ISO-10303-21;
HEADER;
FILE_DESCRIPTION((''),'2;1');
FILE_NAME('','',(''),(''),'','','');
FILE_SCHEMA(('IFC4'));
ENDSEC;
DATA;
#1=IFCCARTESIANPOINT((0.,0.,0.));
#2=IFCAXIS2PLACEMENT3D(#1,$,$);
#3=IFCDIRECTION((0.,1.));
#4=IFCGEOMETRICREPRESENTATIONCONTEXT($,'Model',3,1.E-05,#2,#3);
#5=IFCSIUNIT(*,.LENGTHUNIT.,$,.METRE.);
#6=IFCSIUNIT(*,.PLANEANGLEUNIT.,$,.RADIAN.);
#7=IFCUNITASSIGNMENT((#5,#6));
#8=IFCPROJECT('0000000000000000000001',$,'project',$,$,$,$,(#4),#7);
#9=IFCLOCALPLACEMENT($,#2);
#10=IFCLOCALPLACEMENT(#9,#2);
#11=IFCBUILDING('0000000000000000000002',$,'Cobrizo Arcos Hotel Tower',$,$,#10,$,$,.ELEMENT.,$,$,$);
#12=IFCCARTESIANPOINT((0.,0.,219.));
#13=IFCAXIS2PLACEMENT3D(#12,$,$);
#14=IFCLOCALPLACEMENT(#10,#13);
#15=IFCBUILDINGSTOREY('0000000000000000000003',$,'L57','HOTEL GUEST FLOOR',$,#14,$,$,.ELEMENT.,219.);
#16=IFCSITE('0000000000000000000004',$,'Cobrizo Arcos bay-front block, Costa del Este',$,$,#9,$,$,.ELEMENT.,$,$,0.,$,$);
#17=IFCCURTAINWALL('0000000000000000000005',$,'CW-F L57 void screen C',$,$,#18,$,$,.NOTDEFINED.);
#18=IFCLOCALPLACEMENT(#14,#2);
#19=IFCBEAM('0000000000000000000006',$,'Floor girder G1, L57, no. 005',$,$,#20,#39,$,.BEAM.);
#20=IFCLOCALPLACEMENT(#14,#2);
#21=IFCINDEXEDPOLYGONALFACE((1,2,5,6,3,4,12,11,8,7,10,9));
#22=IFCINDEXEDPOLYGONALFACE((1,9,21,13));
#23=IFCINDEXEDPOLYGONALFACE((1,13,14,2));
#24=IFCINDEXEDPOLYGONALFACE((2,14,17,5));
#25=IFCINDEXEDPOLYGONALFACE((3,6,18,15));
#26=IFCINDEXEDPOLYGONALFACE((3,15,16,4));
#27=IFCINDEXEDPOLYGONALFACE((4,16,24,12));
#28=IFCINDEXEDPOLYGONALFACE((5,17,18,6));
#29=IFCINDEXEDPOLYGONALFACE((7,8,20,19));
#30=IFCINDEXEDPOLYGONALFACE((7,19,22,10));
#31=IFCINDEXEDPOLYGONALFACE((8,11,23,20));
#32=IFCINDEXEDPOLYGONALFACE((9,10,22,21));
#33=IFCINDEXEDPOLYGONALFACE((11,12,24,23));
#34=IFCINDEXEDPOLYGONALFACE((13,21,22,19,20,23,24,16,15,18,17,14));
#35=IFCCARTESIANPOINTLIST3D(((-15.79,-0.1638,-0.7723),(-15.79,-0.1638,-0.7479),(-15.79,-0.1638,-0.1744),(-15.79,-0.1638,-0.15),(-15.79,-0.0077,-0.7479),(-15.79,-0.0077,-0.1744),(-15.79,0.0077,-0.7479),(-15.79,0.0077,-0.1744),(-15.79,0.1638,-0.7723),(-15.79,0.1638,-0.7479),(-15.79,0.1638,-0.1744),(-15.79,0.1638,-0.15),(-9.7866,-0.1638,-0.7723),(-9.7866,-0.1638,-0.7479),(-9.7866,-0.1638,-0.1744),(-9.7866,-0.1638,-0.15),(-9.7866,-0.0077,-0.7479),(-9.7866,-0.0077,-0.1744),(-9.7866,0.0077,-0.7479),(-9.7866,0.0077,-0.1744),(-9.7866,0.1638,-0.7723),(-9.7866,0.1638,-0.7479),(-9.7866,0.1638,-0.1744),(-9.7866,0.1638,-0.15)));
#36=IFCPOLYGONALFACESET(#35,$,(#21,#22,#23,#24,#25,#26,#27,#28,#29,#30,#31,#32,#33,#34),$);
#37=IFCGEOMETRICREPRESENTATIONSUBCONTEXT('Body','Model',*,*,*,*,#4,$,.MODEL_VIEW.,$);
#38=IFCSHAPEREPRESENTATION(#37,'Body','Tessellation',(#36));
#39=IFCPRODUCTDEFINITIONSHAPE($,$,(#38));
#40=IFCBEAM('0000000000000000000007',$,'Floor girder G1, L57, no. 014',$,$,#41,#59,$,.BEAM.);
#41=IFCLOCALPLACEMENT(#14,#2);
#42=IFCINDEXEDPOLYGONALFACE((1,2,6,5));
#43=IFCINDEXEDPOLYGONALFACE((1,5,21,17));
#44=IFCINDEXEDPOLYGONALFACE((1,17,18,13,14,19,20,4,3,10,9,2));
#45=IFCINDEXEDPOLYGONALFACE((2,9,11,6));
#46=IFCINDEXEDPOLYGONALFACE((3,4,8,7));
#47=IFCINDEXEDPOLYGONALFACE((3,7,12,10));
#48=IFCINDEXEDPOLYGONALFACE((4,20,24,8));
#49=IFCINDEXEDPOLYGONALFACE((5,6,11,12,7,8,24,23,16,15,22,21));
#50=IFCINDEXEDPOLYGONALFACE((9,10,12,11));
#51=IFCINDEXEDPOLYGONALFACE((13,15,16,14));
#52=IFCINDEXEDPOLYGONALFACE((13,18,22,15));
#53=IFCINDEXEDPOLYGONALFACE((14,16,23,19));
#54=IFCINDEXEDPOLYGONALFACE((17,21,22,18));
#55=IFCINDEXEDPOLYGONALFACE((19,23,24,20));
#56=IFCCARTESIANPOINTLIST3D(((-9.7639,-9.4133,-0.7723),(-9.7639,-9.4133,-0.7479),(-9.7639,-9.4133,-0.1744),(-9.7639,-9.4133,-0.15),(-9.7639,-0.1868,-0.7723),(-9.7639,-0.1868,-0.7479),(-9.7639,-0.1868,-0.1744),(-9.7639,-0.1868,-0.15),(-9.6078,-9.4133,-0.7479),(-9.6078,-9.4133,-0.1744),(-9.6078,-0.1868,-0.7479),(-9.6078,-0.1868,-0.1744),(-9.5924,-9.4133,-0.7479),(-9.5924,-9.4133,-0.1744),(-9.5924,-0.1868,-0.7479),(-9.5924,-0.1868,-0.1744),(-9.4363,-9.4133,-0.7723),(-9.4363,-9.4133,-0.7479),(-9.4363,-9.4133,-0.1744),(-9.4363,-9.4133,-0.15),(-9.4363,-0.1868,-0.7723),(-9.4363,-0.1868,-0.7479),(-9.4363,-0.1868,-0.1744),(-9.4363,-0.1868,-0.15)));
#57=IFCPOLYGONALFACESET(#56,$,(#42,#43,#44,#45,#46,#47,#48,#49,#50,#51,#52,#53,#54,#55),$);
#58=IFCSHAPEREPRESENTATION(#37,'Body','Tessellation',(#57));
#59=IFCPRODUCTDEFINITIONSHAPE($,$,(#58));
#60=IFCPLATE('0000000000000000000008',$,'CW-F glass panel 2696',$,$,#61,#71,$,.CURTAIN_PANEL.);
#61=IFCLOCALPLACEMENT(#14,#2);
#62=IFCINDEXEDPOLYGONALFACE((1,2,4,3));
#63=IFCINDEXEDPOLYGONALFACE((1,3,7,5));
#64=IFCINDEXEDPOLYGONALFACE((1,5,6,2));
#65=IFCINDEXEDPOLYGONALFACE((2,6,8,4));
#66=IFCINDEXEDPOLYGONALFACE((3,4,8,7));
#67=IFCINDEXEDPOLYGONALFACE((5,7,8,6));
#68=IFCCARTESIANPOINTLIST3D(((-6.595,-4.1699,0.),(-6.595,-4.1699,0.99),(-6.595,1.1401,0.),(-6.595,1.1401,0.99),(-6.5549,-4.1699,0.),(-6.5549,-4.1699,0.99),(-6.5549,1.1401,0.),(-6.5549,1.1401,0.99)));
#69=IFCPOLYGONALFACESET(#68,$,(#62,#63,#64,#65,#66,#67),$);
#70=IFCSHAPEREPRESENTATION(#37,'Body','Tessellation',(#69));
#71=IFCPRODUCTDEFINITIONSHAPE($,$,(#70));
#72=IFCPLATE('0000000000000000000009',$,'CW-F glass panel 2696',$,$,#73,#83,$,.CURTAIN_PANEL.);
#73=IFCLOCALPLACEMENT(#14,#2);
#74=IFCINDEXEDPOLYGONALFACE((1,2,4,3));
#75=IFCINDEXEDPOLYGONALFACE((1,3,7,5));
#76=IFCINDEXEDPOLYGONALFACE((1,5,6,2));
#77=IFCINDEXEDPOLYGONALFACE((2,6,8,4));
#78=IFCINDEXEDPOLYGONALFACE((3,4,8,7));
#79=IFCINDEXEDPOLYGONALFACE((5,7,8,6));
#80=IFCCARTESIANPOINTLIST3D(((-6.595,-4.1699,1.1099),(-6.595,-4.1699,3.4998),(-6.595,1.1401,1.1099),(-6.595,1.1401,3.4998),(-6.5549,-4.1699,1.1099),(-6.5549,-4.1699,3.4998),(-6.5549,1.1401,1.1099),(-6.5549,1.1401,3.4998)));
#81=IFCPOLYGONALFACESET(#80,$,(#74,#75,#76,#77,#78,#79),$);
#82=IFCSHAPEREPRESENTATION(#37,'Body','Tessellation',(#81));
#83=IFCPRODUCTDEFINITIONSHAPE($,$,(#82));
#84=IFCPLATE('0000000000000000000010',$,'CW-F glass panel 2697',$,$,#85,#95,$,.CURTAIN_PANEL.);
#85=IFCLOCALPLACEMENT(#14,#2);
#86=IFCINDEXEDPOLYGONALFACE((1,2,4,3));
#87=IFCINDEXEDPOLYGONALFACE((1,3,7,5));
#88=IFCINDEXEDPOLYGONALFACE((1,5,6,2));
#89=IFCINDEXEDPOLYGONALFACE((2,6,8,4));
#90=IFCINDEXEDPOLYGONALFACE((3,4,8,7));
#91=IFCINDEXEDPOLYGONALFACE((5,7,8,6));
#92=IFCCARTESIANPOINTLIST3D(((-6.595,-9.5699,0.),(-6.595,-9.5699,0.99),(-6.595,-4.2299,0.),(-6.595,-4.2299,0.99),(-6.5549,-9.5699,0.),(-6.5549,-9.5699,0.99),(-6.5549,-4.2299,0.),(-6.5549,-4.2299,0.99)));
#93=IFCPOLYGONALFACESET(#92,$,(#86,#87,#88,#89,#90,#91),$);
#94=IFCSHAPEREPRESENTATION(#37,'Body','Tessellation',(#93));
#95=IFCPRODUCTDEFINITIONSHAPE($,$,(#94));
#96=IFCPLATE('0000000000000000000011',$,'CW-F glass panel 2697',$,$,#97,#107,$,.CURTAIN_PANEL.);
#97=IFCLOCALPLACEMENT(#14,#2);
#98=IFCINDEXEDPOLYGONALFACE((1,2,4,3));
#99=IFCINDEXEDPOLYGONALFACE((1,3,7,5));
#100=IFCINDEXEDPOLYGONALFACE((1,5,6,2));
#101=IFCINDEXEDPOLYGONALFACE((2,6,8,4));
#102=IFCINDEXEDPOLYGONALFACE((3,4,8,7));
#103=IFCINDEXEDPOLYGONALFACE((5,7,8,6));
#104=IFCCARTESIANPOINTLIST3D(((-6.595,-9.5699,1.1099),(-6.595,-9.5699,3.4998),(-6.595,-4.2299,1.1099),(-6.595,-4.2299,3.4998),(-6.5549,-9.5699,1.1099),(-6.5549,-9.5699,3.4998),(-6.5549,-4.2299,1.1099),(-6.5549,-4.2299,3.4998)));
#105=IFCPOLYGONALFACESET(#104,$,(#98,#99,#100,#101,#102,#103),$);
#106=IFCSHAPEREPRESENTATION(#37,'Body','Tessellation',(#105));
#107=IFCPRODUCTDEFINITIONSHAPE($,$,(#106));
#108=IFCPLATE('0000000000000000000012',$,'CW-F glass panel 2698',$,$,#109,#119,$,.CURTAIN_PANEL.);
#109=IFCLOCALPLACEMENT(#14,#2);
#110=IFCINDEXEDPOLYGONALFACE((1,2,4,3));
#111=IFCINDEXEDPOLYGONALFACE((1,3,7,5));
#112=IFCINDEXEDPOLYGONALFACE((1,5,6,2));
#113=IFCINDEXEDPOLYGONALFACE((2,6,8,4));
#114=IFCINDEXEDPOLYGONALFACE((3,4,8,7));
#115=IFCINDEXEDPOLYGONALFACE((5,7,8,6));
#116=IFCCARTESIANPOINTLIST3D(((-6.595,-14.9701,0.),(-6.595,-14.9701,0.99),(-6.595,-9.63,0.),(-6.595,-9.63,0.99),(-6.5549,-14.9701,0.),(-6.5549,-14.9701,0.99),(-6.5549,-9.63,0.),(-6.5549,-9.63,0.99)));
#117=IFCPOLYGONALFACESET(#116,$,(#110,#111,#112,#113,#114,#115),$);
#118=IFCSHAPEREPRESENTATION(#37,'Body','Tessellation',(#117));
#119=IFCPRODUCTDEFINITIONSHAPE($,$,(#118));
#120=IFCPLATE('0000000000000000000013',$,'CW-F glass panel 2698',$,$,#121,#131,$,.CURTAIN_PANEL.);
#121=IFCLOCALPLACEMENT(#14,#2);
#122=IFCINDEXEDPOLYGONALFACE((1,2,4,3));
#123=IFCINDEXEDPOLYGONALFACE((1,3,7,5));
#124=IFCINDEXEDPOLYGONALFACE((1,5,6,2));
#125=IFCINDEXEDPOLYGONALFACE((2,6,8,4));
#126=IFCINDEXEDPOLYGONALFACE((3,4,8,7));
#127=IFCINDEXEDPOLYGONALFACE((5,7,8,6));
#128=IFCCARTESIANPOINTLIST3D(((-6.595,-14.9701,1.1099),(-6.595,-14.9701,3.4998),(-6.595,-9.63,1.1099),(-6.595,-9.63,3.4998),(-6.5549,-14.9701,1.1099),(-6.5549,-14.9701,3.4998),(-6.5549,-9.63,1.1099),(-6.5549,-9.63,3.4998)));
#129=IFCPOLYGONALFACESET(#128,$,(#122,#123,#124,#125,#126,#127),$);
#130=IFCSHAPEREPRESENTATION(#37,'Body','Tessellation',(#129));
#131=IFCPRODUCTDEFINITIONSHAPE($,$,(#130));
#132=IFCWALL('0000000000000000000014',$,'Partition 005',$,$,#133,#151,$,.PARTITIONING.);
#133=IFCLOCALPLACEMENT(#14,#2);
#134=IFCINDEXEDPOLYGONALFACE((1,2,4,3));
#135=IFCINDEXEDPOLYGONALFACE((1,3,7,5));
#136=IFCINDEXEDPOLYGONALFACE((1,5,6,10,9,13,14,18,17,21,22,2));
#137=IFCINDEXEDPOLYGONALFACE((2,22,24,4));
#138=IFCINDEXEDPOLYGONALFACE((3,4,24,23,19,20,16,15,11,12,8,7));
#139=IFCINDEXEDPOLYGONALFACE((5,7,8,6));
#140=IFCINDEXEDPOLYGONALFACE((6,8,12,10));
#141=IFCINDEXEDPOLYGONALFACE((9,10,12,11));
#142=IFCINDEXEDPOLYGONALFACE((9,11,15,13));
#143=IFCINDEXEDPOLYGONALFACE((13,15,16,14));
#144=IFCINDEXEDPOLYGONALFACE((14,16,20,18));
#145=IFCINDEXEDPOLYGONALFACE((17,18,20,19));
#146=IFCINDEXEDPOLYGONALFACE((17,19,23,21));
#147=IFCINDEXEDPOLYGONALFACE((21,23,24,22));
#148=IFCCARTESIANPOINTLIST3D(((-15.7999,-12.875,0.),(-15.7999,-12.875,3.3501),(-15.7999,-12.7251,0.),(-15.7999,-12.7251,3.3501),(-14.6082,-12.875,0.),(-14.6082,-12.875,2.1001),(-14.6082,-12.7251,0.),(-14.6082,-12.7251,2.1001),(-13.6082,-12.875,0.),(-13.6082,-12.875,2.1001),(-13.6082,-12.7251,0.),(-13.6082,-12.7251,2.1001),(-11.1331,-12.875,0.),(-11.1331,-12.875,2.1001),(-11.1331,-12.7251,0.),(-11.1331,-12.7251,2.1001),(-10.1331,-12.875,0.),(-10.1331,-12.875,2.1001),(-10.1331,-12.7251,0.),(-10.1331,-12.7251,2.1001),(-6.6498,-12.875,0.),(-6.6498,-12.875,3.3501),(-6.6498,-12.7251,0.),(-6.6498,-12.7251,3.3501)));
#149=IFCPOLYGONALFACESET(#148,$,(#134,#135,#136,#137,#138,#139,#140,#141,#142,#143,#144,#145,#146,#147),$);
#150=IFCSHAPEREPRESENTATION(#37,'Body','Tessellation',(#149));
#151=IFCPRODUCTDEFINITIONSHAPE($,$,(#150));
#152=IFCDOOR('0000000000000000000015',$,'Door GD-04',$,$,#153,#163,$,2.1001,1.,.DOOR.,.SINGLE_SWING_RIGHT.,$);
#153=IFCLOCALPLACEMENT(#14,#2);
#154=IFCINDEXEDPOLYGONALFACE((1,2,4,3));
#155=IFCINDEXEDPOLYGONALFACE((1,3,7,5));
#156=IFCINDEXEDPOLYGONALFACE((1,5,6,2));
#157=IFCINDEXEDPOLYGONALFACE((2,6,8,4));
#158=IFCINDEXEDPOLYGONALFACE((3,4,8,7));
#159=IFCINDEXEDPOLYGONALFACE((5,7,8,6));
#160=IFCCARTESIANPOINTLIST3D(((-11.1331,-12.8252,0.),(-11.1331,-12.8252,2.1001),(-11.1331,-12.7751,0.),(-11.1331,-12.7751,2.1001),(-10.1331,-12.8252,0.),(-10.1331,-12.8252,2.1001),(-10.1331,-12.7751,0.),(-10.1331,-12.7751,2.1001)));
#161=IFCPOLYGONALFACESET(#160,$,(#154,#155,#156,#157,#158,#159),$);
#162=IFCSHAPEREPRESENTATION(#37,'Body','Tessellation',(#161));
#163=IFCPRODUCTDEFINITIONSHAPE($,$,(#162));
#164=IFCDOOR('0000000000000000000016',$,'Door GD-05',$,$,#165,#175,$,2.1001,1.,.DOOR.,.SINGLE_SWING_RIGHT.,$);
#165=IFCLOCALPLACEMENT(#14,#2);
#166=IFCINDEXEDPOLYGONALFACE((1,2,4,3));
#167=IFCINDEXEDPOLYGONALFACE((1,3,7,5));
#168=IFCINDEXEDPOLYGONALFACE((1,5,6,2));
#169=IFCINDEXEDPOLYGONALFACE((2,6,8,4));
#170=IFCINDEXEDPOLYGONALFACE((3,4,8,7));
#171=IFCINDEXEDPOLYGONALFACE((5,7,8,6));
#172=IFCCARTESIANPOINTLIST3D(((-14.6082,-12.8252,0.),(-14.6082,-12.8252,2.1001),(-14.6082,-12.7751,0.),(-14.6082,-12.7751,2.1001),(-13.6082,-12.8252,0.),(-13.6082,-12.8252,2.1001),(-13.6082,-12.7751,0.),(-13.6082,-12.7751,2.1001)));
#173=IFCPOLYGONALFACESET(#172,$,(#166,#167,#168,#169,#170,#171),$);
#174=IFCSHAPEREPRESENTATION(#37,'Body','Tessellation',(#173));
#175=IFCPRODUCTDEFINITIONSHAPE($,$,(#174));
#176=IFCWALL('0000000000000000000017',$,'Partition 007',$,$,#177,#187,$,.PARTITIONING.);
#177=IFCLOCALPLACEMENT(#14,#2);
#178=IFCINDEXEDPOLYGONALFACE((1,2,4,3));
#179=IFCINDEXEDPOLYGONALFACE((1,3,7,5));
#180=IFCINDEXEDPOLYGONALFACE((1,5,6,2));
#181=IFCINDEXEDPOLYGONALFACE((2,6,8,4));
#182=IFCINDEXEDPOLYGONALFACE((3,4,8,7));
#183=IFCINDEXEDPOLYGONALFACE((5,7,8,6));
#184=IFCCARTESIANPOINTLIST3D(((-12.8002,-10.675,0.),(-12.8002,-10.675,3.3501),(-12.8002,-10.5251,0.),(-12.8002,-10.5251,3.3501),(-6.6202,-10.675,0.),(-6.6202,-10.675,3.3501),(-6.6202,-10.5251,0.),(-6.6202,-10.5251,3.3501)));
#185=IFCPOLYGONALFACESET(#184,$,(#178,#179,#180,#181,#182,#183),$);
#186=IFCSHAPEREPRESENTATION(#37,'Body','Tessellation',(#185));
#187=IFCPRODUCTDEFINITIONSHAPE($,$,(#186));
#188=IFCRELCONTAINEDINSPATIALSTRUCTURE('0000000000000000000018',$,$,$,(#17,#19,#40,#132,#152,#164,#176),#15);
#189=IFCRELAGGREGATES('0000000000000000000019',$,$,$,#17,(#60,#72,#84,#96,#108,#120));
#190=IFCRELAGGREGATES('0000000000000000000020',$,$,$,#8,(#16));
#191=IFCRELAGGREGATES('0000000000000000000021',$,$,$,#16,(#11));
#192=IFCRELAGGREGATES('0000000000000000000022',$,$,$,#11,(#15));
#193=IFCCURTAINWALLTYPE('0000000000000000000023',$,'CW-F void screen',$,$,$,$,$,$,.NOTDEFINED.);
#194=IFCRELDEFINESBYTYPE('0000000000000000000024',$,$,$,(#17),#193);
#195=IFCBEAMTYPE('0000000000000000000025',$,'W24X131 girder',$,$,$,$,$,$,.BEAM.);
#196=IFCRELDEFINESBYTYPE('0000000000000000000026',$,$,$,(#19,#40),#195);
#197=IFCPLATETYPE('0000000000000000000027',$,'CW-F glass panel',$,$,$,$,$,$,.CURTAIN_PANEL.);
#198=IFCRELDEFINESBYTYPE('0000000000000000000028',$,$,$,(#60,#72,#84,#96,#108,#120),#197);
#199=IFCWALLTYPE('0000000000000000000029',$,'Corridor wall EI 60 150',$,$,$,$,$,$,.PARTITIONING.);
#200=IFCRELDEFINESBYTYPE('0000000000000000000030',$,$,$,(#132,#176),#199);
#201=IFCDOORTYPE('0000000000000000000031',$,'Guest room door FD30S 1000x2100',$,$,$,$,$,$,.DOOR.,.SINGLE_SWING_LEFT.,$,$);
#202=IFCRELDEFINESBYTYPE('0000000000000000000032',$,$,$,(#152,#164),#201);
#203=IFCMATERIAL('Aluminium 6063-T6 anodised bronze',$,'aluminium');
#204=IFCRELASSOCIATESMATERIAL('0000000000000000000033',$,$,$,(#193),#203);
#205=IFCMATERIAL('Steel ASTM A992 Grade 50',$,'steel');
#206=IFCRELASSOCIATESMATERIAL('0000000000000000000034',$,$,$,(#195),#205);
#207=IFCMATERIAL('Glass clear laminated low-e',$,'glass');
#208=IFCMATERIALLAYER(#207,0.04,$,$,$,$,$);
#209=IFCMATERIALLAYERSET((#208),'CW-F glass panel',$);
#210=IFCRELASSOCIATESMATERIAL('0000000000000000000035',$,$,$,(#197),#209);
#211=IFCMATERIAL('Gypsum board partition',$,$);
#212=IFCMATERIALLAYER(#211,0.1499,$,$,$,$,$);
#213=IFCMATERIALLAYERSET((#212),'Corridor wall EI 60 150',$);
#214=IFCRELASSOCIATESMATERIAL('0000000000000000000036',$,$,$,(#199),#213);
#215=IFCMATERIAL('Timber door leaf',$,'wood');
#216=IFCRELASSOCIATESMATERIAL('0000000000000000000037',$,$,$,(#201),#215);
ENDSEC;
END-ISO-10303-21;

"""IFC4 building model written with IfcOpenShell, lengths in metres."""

from ifc_helpers import new_model, si_unit, direction, frame, frame_2d, origin, origin_2d, place, context, subcontext, project, spatial, rectangle, i_section, extrude, material, layer, layer_set, material_profile, profile_set, type_object, element, fill, aggregate, save


model = new_model("IFC4")

# Units and contexts
model_context = context("Model", 3, precision=1e-05, world=origin(), true_north=direction((0.0, 1.0)))
body_context = subcontext(model_context, "Body", "Model", "MODEL_VIEW")
ifc_project = project(units=[si_unit("LENGTHUNIT", "METRE"), si_unit("PLANEANGLEUNIT", "RADIAN")], contexts=[model_context])

# Site, building, storey
site_placement = place(None, origin())
site = spatial("IfcSite", under=ifc_project, at=site_placement, Name="Cobrizo Arcos bay-front block, Costa del Este", CompositionType="ELEMENT", RefElevation=0.0)
building_placement = place(site_placement, origin())
building = spatial("IfcBuilding", under=site, at=building_placement, Name="Cobrizo Arcos Hotel Tower", CompositionType="ELEMENT")
storey_placement = place(building_placement, frame((0.0, 0.0, 219.0)))
storey = spatial("IfcBuildingStorey", under=building, at=storey_placement, Name="L57", Description="HOTEL GUEST FLOOR", CompositionType="ELEMENT", Elevation=219.0)

# Shared definitions
ifc_material_1 = material(Name="Steel ASTM A992 Grade 50", Category="steel")

# Curtain wall
ifc_material_2 = material(Name="Aluminium 6063-T6 anodised bronze", Category="aluminium")
curtain_wall_type = type_object("IfcCurtainWallType", Name="CW-F void screen", PredefinedType="NOTDEFINED", material=ifc_material_2)
curtain_wall_placement = place(storey_placement, origin())
curtain_wall = element("IfcCurtainWall", 1, at=curtain_wall_placement, inside=storey, type_object=curtain_wall_type, Name="CW-F L57 void screen C", PredefinedType="NOTDEFINED")

# Beams
ifc_material_profile_1 = material_profile(ifc_material_1, i_section(OverallWidth=0.3276, OverallDepth=0.6223, WebThickness=0.0154, FlangeThickness=0.0244, at=origin_2d()), Name="W24X131")
ifc_profile_set_1 = profile_set([ifc_material_profile_1], Name="Steel ASTM A992 Grade 50")
beam_type_1 = type_object("IfcBeamType", Name="W24X131 girder", PredefinedType="BEAM", material=ifc_profile_set_1)
beam_1_placement = place(storey_placement, frame((-15.79, 0.0, -0.4612), z_axis=(1.0, 0.0, 0.0), x_axis=(0.0, 1.0, 0.0)))
element("IfcBeam", 2, at=beam_1_placement, inside=storey, type_object=beam_type_1, Name="Floor girder G1, L57, no. 005", PredefinedType="BEAM", context=body_context, shape_type="SweptSolid", body=[
    extrude(i_section(OverallWidth=0.3276, OverallDepth=0.6223, WebThickness=0.0154, FlangeThickness=0.0244, at=origin_2d()), origin(), (0.0, 0.0, 1.0), 6.0034),
])
beam_2_placement = place(storey_placement, frame((-9.6001, -9.4133, -0.4612), z_axis=(0.0, 1.0, 0.0), x_axis=(-1.0, 0.0, 0.0)))
element("IfcBeam", 3, at=beam_2_placement, inside=storey, type_object=beam_type_1, Name="Floor girder G1, L57, no. 014", PredefinedType="BEAM", context=body_context, shape_type="SweptSolid", body=[
    extrude(i_section(OverallWidth=0.3276, OverallDepth=0.6223, WebThickness=0.0154, FlangeThickness=0.0244, at=origin_2d()), origin(), (0.0, 0.0, 1.0), 9.2266),
])

# Plates
ifc_material_3 = material(Name="Glass clear laminated low-e", Category="glass")
ifc_layer_1 = layer(ifc_material_3, 0.04)
ifc_layer_set_1 = layer_set([ifc_layer_1], Name="CW-F glass panel")
plate_type = type_object("IfcPlateType", Name="CW-F glass panel", PredefinedType="CURTAIN_PANEL", material=ifc_layer_set_1)
plate_1_placement = place(storey_placement, frame((-6.575, -1.5149, 0.0), z_axis=(0.0, 0.0, 1.0), x_axis=(0.0, -1.0, 0.0)))
plate_1 = element("IfcPlate", 4, at=plate_1_placement, type_object=plate_type, Name="CW-F glass panel 2696", PredefinedType="CURTAIN_PANEL", context=body_context, shape_type="SweptSolid", body=[
    extrude(rectangle(XDim=5.3101, YDim=0.04, at=origin_2d()), origin(), (0.0, 0.0, 1.0), 0.99),
])
plate_2_placement = place(storey_placement, frame((-6.575, -1.5149, 1.1099), z_axis=(0.0, 0.0, 1.0), x_axis=(0.0, -1.0, 0.0)))
plate_2 = element("IfcPlate", 5, at=plate_2_placement, type_object=plate_type, Name="CW-F glass panel 2696", PredefinedType="CURTAIN_PANEL", context=body_context, shape_type="SweptSolid", body=[
    extrude(rectangle(XDim=5.3101, YDim=0.04, at=origin_2d()), origin(), (0.0, 0.0, 1.0), 2.3899),
])
plate_3_placement = place(storey_placement, frame((-6.575, -6.8999, 0.0), z_axis=(0.0, 0.0, 1.0), x_axis=(0.0, -1.0, 0.0)))
plate_3 = element("IfcPlate", 6, at=plate_3_placement, type_object=plate_type, Name="CW-F glass panel 2697", PredefinedType="CURTAIN_PANEL", context=body_context, shape_type="SweptSolid", body=[
    extrude(rectangle(XDim=5.3401, YDim=0.04, at=origin_2d()), origin(), (0.0, 0.0, 1.0), 0.99),
])
plate_4_placement = place(storey_placement, frame((-6.575, -6.8999, 1.1099), z_axis=(0.0, 0.0, 1.0), x_axis=(0.0, -1.0, 0.0)))
plate_4 = element("IfcPlate", 7, at=plate_4_placement, type_object=plate_type, Name="CW-F glass panel 2697", PredefinedType="CURTAIN_PANEL", context=body_context, shape_type="SweptSolid", body=[
    extrude(rectangle(XDim=5.3401, YDim=0.04, at=origin_2d()), origin(), (0.0, 0.0, 1.0), 2.3899),
])
plate_5_placement = place(storey_placement, frame((-6.575, -12.3, 0.0), z_axis=(0.0, 0.0, 1.0), x_axis=(0.0, -1.0, 0.0)))
plate_5 = element("IfcPlate", 8, at=plate_5_placement, type_object=plate_type, Name="CW-F glass panel 2698", PredefinedType="CURTAIN_PANEL", context=body_context, shape_type="SweptSolid", body=[
    extrude(rectangle(XDim=5.3401, YDim=0.04, at=origin_2d()), origin(), (0.0, 0.0, 1.0), 0.99),
])
plate_6_placement = place(storey_placement, frame((-6.575, -12.3, 1.1099), z_axis=(0.0, 0.0, 1.0), x_axis=(0.0, -1.0, 0.0)))
plate_6 = element("IfcPlate", 9, at=plate_6_placement, type_object=plate_type, Name="CW-F glass panel 2698", PredefinedType="CURTAIN_PANEL", context=body_context, shape_type="SweptSolid", body=[
    extrude(rectangle(XDim=5.3401, YDim=0.04, at=origin_2d()), origin(), (0.0, 0.0, 1.0), 2.3899),
])
aggregate(curtain_wall, [plate_1, plate_2, plate_3, plate_4, plate_5, plate_6])

# Wall, openings, doors
ifc_material_4 = material(Name="Gypsum board partition")
ifc_layer_2 = layer(ifc_material_4, 0.1499)
ifc_layer_set_2 = layer_set([ifc_layer_2], Name="Corridor wall EI 60 150")
wall_type_1 = type_object("IfcWallType", Name="Corridor wall EI 60 150", PredefinedType="PARTITIONING", material=ifc_layer_set_2)
wall_1_placement = place(storey_placement, frame((-15.8, -12.8, 0.0), z_axis=(0.0, 0.0, 1.0), x_axis=(1.0, 0.0, 0.0)))
wall_1 = element("IfcWall", 10, at=wall_1_placement, inside=storey, type_object=wall_type_1, Name="Partition 005", PredefinedType="PARTITIONING", context=body_context, shape_type="SweptSolid", body=[
    extrude(rectangle(XDim=9.1501, YDim=0.1499, at=frame_2d((4.5752, 0.0))), origin(), (0.0, 0.0, 1.0), 3.3501),
])
opening_1_placement = place(wall_1_placement, frame((4.667, 0.0, 0.0)))
opening_1 = element("IfcOpeningElement", 11, at=opening_1_placement, cuts=wall_1, PredefinedType="OPENING", context=body_context, shape_type="SweptSolid", body=[
    extrude(rectangle(XDim=1.0, YDim=2.1001, at=frame_2d((0.5, 1.05))), frame((0.0, 0.0869, 0.0), z_axis=(0.0, -1.0, 0.0), x_axis=(1.0, 0.0, 0.0)), (0.0, 0.0, 1.0), 0.1738),
])
opening_2_placement = place(wall_1_placement, frame((1.1919, 0.0, 0.0)))
opening_2 = element("IfcOpeningElement", 12, at=opening_2_placement, cuts=wall_1, PredefinedType="OPENING", context=body_context, shape_type="SweptSolid", body=[
    extrude(rectangle(XDim=1.0, YDim=2.1001, at=frame_2d((0.5, 1.05))), frame((0.0, 0.0869, 0.0), z_axis=(0.0, -1.0, 0.0), x_axis=(1.0, 0.0, 0.0)), (0.0, 0.0, 1.0), 0.1738),
])
ifc_material_5 = material(Name="Timber door leaf", Category="wood")
door_type_1 = type_object("IfcDoorType", Name="Guest room door FD30S 1000x2100", OperationType="SINGLE_SWING_LEFT", PredefinedType="DOOR", material=ifc_material_5)
door_1_placement = place(opening_1_placement, origin())
door_1 = element("IfcDoor", 13, at=door_1_placement, inside=storey, type_object=door_type_1, Name="Door GD-04", OperationType="SINGLE_SWING_RIGHT", OverallHeight=2.1001, OverallWidth=1.0, PredefinedType="DOOR", context=body_context, shape_type="SweptSolid", body=[
    extrude(rectangle(XDim=1.0, YDim=2.1001, at=frame_2d((0.5, 1.05))), frame((0.0, 0.0249, 0.0), z_axis=(0.0, -1.0, 0.0), x_axis=(1.0, 0.0, 0.0)), (0.0, 0.0, 1.0), 0.05),
])
fill(opening_1, door_1)
door_2_placement = place(opening_2_placement, origin())
door_2 = element("IfcDoor", 14, at=door_2_placement, inside=storey, type_object=door_type_1, Name="Door GD-05", OperationType="SINGLE_SWING_RIGHT", OverallHeight=2.1001, OverallWidth=1.0, PredefinedType="DOOR", context=body_context, shape_type="SweptSolid", body=[
    extrude(rectangle(XDim=1.0, YDim=2.1001, at=frame_2d((0.5, 1.05))), frame((0.0, 0.0249, 0.0), z_axis=(0.0, -1.0, 0.0), x_axis=(1.0, 0.0, 0.0)), (0.0, 0.0, 1.0), 0.05),
])
fill(opening_2, door_2)

# Wall
wall_2_placement = place(storey_placement, frame((-12.8, -10.6001, 0.0), z_axis=(0.0, 0.0, 1.0), x_axis=(1.0, 0.0, 0.0)))
element("IfcWall", 15, at=wall_2_placement, inside=storey, type_object=wall_type_1, Name="Partition 007", PredefinedType="PARTITIONING", context=body_context, shape_type="SweptSolid", body=[
    extrude(rectangle(XDim=6.1799, YDim=0.1499, at=frame_2d((3.0898, 0.0))), origin(), (0.0, 0.0, 1.0), 3.3501),
])

save(model, "model.ifc")
